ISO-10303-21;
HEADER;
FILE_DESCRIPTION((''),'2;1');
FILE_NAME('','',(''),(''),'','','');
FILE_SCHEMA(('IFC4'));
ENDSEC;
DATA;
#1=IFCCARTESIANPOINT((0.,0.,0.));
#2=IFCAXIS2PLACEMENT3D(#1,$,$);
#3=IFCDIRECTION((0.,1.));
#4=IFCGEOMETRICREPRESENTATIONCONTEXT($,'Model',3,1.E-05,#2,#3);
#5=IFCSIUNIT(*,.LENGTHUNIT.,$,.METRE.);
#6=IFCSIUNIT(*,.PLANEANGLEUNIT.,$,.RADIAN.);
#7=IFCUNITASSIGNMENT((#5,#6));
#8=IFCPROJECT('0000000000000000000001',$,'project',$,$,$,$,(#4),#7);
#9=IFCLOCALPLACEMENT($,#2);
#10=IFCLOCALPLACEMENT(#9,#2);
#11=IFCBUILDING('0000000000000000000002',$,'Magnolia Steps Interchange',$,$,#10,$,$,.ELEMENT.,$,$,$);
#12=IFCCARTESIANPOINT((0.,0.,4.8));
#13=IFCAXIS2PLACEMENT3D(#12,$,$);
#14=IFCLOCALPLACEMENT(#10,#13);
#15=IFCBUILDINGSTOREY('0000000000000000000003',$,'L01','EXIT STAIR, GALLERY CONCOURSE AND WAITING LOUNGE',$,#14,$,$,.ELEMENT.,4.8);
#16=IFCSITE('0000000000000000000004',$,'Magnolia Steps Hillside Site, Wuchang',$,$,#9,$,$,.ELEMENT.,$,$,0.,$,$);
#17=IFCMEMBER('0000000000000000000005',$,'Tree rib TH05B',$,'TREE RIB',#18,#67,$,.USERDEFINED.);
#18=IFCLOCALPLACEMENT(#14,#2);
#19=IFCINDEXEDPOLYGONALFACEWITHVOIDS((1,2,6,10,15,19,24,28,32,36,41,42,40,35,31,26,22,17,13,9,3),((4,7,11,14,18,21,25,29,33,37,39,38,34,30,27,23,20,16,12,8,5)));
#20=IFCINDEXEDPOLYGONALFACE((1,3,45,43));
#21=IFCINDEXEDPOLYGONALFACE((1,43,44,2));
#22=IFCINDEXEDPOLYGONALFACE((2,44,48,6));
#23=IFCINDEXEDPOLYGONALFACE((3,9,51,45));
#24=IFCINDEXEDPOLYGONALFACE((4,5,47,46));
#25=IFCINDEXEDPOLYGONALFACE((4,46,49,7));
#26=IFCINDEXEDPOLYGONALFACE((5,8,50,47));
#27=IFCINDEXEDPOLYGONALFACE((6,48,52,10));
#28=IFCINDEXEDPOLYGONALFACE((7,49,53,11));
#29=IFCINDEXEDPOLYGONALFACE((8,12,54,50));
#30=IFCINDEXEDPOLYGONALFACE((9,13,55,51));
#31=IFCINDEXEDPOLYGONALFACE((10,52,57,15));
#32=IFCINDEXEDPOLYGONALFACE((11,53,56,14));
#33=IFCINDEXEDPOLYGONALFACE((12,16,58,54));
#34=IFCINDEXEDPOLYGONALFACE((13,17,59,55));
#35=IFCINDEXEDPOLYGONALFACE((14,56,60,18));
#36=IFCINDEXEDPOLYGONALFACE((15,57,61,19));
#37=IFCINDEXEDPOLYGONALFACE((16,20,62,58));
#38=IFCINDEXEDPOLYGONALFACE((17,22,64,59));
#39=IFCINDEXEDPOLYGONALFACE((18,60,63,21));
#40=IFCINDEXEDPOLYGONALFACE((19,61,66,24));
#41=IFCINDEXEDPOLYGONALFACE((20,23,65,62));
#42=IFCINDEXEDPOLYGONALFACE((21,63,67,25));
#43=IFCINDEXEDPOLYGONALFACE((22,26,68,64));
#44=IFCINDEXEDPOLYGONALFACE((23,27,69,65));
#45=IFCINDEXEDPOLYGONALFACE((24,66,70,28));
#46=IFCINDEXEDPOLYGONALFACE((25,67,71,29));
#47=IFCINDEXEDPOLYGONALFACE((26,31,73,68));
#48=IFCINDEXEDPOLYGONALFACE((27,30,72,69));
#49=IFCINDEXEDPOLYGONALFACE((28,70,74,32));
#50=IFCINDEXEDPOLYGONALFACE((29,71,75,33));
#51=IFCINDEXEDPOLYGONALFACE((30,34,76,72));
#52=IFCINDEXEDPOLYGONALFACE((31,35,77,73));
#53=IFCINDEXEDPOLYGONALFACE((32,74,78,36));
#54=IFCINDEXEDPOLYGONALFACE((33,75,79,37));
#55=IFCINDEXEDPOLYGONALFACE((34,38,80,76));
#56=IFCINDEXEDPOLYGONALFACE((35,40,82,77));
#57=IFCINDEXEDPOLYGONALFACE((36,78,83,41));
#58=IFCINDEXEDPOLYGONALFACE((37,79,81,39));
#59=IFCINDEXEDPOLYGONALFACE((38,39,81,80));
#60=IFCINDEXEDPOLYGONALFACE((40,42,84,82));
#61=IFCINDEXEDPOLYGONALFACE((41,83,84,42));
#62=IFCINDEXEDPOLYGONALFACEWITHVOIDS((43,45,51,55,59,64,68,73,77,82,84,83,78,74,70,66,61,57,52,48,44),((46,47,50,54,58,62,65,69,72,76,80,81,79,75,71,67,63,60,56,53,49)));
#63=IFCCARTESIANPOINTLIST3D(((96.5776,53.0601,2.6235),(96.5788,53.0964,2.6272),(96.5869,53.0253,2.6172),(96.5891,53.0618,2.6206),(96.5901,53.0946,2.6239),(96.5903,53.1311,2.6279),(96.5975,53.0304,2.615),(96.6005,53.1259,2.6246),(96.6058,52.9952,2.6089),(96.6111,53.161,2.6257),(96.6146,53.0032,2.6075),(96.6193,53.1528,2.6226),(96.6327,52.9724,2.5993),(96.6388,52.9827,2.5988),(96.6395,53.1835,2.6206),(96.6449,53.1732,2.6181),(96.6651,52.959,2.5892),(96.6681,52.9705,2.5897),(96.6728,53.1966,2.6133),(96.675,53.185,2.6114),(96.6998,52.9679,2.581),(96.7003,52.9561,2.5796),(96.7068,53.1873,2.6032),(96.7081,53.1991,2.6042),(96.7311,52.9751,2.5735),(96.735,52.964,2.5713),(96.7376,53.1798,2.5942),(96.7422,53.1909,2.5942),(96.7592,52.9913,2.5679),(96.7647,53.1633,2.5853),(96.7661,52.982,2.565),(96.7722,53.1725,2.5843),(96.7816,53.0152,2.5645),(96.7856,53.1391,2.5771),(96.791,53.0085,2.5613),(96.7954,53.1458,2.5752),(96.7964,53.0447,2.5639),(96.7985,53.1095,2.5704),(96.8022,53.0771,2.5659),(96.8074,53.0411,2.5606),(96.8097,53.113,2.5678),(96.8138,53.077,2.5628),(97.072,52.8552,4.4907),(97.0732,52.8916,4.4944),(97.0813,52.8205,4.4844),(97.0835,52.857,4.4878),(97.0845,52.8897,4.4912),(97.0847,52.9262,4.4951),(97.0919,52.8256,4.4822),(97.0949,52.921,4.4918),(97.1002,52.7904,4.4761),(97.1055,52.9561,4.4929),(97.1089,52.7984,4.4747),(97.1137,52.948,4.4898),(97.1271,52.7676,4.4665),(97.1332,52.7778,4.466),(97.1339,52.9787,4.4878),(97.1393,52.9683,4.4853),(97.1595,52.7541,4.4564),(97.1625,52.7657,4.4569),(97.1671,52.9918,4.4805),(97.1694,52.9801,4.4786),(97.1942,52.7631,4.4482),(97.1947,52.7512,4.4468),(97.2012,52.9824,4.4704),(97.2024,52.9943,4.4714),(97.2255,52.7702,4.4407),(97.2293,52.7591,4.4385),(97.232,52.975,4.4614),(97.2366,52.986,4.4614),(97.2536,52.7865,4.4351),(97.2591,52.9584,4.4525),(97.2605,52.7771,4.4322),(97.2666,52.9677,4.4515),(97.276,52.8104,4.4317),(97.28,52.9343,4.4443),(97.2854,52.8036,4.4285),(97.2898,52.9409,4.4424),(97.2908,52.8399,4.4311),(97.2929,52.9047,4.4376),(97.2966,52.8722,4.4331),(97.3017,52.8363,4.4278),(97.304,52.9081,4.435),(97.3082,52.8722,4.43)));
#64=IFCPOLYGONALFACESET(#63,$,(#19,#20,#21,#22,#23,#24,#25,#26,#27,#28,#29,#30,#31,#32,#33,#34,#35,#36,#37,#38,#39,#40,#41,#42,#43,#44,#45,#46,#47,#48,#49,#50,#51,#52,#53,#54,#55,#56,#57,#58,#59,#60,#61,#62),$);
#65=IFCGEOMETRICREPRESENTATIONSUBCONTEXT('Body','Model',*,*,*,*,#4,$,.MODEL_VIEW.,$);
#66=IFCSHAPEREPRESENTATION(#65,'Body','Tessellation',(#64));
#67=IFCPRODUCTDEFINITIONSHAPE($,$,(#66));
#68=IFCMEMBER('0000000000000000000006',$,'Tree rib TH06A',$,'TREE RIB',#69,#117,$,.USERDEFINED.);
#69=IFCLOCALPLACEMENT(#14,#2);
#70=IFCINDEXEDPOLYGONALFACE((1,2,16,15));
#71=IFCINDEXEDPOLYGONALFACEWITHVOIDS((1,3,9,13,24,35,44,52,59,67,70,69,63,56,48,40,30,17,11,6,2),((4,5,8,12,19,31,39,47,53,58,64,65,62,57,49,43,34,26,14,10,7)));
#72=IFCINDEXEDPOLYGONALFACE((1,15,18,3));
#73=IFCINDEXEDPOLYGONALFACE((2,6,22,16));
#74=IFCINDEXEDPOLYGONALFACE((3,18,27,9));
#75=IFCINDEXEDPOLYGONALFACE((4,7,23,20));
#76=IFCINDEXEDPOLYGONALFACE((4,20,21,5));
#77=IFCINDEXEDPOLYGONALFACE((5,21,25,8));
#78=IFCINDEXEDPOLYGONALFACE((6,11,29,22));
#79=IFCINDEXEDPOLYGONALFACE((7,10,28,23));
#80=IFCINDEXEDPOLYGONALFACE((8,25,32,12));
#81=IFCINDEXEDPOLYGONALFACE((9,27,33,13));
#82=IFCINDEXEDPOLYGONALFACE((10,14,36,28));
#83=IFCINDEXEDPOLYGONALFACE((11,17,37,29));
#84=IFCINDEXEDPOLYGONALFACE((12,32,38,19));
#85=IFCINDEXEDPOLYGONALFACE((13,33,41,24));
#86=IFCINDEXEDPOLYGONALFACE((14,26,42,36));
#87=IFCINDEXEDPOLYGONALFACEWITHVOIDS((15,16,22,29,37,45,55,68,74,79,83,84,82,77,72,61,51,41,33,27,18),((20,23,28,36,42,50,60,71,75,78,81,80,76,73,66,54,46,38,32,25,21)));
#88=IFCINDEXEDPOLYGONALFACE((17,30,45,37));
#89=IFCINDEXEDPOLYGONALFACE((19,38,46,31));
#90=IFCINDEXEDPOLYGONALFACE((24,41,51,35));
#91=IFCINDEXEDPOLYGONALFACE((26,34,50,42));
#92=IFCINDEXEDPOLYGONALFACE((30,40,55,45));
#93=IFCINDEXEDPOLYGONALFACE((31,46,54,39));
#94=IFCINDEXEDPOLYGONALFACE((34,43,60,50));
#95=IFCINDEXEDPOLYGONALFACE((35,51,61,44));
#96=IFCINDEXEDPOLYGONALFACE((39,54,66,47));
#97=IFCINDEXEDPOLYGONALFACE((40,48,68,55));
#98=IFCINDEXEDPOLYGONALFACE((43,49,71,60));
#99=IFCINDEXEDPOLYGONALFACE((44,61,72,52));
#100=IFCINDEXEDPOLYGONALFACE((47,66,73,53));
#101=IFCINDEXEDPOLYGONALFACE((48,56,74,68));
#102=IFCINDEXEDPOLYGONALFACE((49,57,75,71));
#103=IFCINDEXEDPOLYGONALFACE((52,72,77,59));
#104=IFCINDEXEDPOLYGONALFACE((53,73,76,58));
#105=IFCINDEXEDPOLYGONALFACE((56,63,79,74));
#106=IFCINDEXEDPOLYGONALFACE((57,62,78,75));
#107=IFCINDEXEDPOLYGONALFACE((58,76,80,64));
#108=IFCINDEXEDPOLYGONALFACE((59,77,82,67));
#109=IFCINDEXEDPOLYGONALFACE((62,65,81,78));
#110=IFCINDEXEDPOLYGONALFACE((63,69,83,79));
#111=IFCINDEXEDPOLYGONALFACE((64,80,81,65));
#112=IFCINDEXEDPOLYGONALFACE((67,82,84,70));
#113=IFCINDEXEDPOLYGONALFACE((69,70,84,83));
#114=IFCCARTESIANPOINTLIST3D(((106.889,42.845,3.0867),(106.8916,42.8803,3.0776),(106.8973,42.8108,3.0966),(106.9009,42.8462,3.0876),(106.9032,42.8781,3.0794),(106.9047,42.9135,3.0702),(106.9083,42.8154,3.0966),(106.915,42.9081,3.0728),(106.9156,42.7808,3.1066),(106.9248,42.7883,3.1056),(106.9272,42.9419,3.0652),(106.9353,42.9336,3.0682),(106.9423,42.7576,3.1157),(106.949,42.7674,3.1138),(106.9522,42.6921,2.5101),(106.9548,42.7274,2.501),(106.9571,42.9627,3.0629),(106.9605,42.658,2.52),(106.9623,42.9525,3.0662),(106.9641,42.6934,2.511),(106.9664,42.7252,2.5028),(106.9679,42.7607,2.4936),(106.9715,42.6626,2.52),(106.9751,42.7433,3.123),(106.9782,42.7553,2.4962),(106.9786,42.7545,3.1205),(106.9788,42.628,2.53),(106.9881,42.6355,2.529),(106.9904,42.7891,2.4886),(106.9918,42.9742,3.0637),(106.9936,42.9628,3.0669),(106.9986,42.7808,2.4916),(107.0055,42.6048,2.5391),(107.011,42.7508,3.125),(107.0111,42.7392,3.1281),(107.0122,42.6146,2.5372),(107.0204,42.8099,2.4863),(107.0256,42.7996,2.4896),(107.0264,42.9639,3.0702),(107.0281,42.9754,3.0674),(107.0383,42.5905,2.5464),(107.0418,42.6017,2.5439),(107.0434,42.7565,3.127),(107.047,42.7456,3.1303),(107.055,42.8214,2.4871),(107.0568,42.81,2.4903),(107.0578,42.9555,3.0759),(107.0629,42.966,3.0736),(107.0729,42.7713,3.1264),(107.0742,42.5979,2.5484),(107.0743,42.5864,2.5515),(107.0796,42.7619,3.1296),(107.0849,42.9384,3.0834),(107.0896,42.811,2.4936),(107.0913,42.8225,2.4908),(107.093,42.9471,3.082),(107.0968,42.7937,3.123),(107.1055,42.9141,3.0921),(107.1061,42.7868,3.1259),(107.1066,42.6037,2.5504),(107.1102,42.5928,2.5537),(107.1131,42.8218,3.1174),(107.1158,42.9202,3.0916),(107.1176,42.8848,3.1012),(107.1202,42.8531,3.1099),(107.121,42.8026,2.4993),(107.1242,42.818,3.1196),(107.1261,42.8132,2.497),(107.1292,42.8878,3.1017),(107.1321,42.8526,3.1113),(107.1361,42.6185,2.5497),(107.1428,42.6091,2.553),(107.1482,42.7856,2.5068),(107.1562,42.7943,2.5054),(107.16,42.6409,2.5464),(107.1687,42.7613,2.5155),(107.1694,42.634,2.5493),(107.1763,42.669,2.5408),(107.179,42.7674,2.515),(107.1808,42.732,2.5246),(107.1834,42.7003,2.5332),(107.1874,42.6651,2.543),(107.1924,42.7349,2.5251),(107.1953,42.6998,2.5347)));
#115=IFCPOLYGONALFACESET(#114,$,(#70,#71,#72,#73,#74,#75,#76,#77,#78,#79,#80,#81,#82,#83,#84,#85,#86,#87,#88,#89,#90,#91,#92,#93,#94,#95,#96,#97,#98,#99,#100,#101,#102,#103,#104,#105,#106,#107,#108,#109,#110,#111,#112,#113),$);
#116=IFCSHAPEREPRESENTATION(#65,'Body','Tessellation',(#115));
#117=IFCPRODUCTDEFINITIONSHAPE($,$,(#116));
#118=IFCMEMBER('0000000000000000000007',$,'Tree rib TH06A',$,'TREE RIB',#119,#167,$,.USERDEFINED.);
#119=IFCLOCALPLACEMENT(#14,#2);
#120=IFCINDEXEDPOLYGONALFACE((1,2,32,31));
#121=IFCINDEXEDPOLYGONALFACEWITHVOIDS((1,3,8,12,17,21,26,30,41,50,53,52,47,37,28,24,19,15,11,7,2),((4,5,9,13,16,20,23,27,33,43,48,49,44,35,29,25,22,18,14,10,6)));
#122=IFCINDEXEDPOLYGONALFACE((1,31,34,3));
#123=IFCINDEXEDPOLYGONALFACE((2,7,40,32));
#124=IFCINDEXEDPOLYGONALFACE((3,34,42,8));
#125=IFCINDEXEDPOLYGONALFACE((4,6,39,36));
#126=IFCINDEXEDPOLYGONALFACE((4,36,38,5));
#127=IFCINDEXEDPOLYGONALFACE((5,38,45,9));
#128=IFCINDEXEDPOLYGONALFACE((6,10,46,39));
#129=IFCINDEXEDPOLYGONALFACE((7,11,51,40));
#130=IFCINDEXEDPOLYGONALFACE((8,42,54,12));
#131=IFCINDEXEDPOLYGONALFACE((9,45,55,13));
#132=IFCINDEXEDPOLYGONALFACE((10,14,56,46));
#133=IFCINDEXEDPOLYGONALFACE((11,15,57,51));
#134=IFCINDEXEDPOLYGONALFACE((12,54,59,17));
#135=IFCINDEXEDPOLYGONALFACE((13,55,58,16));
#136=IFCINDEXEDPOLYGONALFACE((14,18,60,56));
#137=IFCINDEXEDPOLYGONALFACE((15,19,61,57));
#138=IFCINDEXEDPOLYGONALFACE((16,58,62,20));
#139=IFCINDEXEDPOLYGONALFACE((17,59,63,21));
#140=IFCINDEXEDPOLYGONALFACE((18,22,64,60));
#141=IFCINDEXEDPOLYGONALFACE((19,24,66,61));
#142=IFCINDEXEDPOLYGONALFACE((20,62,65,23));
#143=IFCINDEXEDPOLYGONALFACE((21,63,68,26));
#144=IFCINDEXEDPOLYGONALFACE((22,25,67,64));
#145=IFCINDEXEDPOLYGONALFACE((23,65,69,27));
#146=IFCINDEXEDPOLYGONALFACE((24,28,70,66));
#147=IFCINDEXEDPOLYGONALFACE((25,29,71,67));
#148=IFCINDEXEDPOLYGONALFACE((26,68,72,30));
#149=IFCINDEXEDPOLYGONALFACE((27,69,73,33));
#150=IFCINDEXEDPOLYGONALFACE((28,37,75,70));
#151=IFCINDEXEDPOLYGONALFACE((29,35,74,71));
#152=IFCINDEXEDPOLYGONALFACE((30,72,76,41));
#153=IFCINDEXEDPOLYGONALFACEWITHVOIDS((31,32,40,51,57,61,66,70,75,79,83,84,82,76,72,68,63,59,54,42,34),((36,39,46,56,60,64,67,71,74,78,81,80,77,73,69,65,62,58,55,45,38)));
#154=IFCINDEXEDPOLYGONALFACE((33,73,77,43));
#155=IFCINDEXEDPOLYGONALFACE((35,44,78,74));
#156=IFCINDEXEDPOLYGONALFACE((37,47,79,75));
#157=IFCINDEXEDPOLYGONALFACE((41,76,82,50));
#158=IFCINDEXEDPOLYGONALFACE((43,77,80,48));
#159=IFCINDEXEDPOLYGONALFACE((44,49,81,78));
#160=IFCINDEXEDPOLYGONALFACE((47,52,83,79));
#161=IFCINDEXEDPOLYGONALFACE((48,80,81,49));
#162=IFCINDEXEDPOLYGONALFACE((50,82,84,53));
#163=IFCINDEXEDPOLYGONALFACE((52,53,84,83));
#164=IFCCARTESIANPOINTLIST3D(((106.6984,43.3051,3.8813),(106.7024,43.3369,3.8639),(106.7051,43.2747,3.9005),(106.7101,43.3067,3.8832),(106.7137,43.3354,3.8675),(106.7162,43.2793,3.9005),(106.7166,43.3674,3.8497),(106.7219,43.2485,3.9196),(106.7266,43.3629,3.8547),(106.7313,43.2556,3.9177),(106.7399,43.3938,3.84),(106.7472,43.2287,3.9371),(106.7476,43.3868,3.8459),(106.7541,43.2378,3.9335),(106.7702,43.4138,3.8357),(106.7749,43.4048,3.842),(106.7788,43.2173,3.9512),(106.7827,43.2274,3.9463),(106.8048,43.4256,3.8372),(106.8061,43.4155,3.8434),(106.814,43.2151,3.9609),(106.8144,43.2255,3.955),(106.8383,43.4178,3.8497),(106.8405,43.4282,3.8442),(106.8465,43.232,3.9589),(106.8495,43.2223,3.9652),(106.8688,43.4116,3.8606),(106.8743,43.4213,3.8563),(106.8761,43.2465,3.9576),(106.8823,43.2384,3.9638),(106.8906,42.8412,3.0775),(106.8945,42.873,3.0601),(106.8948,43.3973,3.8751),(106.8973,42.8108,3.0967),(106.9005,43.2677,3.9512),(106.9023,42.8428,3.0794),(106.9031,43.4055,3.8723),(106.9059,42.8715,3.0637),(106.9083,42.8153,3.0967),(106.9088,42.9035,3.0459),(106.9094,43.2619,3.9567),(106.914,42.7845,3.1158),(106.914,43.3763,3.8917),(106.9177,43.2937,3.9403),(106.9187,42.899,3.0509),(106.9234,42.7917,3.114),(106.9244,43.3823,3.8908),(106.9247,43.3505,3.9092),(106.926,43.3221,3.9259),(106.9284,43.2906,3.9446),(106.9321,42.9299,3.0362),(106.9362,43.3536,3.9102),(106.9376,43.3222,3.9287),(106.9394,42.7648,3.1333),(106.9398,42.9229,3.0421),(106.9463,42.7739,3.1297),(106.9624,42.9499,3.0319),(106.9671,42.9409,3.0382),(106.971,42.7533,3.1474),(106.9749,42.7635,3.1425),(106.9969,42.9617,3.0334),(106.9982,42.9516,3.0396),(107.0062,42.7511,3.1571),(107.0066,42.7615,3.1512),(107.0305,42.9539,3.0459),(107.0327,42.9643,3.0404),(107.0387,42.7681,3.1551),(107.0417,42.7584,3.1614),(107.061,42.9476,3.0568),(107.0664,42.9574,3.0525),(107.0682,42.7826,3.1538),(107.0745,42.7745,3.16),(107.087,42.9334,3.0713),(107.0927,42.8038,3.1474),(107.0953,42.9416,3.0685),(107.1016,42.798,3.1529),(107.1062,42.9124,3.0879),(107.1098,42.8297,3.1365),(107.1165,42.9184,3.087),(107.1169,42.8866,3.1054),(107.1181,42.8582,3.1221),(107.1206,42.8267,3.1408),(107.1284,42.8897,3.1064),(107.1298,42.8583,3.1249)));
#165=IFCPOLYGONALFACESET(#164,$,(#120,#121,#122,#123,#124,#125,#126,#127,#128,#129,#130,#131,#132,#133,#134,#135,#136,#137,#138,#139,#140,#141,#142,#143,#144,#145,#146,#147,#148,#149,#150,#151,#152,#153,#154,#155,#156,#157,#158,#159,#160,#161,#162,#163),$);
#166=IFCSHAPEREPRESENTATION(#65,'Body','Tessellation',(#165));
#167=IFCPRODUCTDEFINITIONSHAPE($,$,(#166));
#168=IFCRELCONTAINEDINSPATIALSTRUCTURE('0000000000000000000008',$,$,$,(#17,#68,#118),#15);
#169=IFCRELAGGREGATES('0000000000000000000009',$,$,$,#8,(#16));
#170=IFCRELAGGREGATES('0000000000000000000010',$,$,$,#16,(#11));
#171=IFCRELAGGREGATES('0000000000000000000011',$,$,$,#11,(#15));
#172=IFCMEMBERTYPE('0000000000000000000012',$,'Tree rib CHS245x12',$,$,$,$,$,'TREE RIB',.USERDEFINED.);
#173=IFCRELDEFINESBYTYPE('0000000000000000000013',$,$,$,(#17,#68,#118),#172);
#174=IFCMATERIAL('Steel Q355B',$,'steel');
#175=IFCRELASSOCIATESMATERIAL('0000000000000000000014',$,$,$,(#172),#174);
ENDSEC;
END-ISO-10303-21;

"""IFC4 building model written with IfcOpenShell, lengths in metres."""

from ifc_helpers import new_model, si_unit, direction, frame, origin, origin_2d, place, context, subcontext, project, spatial, hollow_circle, extrude, material, material_profile, profile_set, type_object, element, save


model = new_model("IFC4")

# Units and contexts
model_context = context("Model", 3, precision=1e-05, world=origin(), true_north=direction((0.0, 1.0)))
body_context = subcontext(model_context, "Body", "Model", "MODEL_VIEW")
ifc_project = project(units=[si_unit("LENGTHUNIT", "METRE"), si_unit("PLANEANGLEUNIT", "RADIAN")], contexts=[model_context])

# Site, building, storey
site_placement = place(None, origin())
site = spatial("IfcSite", under=ifc_project, at=site_placement, Name="Magnolia Steps Hillside Site, Wuchang", CompositionType="ELEMENT", RefElevation=0.0)
building_placement = place(site_placement, origin())
building = spatial("IfcBuilding", under=site, at=building_placement, Name="Magnolia Steps Interchange", CompositionType="ELEMENT")
storey_placement = place(building_placement, frame((0.0, 0.0, 4.8)))
storey = spatial("IfcBuildingStorey", under=building, at=storey_placement, Name="L01", Description="EXIT STAIR, GALLERY CONCOURSE AND WAITING LOUNGE", CompositionType="ELEMENT", Elevation=4.8)

# Members
ifc_material_1 = material(Name="Steel Q355B", Category="steel")
ifc_material_profile_1 = material_profile(ifc_material_1, hollow_circle(Radius=0.1226, WallThickness=0.012, at=origin_2d()), Name="CHS245x12")
ifc_profile_set_1 = profile_set([ifc_material_profile_1], Name="Steel Q355B")
member_type_1 = type_object("IfcMemberType", Name="Tree rib CHS245x12", ElementType="TREE RIB", PredefinedType="USERDEFINED", material=ifc_profile_set_1)
for number, where, z_axis, x_axis, name in (
    (1, (96.6953, 53.0776, 2.5942), (0.254528, -0.105456, 0.961298), (0.382768, 0.923844, 0.0), "Tree rib TH05B"),
):
    element("IfcMember", number, at=place(storey_placement, frame(where, z_axis=z_axis, x_axis=x_axis)), inside=storey, type_object=member_type_1, Name=name, ObjectType="TREE RIB", PredefinedType="USERDEFINED", context=body_context, shape_type="SweptSolid", body=[
        extrude(hollow_circle(Radius=0.1226, WallThickness=0.012, at=origin_2d()), origin(), (0.0, 0.0, 1.0), 1.9424),
    ])
member_1_placement = place(storey_placement, frame((107.0737, 42.7048, 2.52), z_axis=(-0.105403, 0.254758, 0.961243), x_axis=(-0.924035, -0.382308, 0.0)))
element("IfcMember", 2, at=member_1_placement, inside=storey, type_object=member_type_1, Name="Tree rib TH06A", ObjectType="TREE RIB", PredefinedType="USERDEFINED", context=body_context, shape_type="SweptSolid", body=[
    extrude(hollow_circle(Radius=0.1226, WallThickness=0.012, at=origin_2d()), origin(), (0.0, 0.0, 1.0), 0.5999),
])
member_2_placement = place(storey_placement, frame((107.0105, 42.8577, 3.0967), z_axis=(-0.202753, 0.489492, 0.848109), x_axis=(-0.923881, -0.382681, 0.0)))
element("IfcMember", 3, at=member_2_placement, inside=storey, type_object=member_type_1, Name="Tree rib TH06A", ObjectType="TREE RIB", PredefinedType="USERDEFINED", context=body_context, shape_type="SweptSolid", body=[
    extrude(hollow_circle(Radius=0.1226, WallThickness=0.012, at=origin_2d()), origin(), (0.0, 0.0, 1.0), 0.9478),
])

save(model, "model.ifc")
